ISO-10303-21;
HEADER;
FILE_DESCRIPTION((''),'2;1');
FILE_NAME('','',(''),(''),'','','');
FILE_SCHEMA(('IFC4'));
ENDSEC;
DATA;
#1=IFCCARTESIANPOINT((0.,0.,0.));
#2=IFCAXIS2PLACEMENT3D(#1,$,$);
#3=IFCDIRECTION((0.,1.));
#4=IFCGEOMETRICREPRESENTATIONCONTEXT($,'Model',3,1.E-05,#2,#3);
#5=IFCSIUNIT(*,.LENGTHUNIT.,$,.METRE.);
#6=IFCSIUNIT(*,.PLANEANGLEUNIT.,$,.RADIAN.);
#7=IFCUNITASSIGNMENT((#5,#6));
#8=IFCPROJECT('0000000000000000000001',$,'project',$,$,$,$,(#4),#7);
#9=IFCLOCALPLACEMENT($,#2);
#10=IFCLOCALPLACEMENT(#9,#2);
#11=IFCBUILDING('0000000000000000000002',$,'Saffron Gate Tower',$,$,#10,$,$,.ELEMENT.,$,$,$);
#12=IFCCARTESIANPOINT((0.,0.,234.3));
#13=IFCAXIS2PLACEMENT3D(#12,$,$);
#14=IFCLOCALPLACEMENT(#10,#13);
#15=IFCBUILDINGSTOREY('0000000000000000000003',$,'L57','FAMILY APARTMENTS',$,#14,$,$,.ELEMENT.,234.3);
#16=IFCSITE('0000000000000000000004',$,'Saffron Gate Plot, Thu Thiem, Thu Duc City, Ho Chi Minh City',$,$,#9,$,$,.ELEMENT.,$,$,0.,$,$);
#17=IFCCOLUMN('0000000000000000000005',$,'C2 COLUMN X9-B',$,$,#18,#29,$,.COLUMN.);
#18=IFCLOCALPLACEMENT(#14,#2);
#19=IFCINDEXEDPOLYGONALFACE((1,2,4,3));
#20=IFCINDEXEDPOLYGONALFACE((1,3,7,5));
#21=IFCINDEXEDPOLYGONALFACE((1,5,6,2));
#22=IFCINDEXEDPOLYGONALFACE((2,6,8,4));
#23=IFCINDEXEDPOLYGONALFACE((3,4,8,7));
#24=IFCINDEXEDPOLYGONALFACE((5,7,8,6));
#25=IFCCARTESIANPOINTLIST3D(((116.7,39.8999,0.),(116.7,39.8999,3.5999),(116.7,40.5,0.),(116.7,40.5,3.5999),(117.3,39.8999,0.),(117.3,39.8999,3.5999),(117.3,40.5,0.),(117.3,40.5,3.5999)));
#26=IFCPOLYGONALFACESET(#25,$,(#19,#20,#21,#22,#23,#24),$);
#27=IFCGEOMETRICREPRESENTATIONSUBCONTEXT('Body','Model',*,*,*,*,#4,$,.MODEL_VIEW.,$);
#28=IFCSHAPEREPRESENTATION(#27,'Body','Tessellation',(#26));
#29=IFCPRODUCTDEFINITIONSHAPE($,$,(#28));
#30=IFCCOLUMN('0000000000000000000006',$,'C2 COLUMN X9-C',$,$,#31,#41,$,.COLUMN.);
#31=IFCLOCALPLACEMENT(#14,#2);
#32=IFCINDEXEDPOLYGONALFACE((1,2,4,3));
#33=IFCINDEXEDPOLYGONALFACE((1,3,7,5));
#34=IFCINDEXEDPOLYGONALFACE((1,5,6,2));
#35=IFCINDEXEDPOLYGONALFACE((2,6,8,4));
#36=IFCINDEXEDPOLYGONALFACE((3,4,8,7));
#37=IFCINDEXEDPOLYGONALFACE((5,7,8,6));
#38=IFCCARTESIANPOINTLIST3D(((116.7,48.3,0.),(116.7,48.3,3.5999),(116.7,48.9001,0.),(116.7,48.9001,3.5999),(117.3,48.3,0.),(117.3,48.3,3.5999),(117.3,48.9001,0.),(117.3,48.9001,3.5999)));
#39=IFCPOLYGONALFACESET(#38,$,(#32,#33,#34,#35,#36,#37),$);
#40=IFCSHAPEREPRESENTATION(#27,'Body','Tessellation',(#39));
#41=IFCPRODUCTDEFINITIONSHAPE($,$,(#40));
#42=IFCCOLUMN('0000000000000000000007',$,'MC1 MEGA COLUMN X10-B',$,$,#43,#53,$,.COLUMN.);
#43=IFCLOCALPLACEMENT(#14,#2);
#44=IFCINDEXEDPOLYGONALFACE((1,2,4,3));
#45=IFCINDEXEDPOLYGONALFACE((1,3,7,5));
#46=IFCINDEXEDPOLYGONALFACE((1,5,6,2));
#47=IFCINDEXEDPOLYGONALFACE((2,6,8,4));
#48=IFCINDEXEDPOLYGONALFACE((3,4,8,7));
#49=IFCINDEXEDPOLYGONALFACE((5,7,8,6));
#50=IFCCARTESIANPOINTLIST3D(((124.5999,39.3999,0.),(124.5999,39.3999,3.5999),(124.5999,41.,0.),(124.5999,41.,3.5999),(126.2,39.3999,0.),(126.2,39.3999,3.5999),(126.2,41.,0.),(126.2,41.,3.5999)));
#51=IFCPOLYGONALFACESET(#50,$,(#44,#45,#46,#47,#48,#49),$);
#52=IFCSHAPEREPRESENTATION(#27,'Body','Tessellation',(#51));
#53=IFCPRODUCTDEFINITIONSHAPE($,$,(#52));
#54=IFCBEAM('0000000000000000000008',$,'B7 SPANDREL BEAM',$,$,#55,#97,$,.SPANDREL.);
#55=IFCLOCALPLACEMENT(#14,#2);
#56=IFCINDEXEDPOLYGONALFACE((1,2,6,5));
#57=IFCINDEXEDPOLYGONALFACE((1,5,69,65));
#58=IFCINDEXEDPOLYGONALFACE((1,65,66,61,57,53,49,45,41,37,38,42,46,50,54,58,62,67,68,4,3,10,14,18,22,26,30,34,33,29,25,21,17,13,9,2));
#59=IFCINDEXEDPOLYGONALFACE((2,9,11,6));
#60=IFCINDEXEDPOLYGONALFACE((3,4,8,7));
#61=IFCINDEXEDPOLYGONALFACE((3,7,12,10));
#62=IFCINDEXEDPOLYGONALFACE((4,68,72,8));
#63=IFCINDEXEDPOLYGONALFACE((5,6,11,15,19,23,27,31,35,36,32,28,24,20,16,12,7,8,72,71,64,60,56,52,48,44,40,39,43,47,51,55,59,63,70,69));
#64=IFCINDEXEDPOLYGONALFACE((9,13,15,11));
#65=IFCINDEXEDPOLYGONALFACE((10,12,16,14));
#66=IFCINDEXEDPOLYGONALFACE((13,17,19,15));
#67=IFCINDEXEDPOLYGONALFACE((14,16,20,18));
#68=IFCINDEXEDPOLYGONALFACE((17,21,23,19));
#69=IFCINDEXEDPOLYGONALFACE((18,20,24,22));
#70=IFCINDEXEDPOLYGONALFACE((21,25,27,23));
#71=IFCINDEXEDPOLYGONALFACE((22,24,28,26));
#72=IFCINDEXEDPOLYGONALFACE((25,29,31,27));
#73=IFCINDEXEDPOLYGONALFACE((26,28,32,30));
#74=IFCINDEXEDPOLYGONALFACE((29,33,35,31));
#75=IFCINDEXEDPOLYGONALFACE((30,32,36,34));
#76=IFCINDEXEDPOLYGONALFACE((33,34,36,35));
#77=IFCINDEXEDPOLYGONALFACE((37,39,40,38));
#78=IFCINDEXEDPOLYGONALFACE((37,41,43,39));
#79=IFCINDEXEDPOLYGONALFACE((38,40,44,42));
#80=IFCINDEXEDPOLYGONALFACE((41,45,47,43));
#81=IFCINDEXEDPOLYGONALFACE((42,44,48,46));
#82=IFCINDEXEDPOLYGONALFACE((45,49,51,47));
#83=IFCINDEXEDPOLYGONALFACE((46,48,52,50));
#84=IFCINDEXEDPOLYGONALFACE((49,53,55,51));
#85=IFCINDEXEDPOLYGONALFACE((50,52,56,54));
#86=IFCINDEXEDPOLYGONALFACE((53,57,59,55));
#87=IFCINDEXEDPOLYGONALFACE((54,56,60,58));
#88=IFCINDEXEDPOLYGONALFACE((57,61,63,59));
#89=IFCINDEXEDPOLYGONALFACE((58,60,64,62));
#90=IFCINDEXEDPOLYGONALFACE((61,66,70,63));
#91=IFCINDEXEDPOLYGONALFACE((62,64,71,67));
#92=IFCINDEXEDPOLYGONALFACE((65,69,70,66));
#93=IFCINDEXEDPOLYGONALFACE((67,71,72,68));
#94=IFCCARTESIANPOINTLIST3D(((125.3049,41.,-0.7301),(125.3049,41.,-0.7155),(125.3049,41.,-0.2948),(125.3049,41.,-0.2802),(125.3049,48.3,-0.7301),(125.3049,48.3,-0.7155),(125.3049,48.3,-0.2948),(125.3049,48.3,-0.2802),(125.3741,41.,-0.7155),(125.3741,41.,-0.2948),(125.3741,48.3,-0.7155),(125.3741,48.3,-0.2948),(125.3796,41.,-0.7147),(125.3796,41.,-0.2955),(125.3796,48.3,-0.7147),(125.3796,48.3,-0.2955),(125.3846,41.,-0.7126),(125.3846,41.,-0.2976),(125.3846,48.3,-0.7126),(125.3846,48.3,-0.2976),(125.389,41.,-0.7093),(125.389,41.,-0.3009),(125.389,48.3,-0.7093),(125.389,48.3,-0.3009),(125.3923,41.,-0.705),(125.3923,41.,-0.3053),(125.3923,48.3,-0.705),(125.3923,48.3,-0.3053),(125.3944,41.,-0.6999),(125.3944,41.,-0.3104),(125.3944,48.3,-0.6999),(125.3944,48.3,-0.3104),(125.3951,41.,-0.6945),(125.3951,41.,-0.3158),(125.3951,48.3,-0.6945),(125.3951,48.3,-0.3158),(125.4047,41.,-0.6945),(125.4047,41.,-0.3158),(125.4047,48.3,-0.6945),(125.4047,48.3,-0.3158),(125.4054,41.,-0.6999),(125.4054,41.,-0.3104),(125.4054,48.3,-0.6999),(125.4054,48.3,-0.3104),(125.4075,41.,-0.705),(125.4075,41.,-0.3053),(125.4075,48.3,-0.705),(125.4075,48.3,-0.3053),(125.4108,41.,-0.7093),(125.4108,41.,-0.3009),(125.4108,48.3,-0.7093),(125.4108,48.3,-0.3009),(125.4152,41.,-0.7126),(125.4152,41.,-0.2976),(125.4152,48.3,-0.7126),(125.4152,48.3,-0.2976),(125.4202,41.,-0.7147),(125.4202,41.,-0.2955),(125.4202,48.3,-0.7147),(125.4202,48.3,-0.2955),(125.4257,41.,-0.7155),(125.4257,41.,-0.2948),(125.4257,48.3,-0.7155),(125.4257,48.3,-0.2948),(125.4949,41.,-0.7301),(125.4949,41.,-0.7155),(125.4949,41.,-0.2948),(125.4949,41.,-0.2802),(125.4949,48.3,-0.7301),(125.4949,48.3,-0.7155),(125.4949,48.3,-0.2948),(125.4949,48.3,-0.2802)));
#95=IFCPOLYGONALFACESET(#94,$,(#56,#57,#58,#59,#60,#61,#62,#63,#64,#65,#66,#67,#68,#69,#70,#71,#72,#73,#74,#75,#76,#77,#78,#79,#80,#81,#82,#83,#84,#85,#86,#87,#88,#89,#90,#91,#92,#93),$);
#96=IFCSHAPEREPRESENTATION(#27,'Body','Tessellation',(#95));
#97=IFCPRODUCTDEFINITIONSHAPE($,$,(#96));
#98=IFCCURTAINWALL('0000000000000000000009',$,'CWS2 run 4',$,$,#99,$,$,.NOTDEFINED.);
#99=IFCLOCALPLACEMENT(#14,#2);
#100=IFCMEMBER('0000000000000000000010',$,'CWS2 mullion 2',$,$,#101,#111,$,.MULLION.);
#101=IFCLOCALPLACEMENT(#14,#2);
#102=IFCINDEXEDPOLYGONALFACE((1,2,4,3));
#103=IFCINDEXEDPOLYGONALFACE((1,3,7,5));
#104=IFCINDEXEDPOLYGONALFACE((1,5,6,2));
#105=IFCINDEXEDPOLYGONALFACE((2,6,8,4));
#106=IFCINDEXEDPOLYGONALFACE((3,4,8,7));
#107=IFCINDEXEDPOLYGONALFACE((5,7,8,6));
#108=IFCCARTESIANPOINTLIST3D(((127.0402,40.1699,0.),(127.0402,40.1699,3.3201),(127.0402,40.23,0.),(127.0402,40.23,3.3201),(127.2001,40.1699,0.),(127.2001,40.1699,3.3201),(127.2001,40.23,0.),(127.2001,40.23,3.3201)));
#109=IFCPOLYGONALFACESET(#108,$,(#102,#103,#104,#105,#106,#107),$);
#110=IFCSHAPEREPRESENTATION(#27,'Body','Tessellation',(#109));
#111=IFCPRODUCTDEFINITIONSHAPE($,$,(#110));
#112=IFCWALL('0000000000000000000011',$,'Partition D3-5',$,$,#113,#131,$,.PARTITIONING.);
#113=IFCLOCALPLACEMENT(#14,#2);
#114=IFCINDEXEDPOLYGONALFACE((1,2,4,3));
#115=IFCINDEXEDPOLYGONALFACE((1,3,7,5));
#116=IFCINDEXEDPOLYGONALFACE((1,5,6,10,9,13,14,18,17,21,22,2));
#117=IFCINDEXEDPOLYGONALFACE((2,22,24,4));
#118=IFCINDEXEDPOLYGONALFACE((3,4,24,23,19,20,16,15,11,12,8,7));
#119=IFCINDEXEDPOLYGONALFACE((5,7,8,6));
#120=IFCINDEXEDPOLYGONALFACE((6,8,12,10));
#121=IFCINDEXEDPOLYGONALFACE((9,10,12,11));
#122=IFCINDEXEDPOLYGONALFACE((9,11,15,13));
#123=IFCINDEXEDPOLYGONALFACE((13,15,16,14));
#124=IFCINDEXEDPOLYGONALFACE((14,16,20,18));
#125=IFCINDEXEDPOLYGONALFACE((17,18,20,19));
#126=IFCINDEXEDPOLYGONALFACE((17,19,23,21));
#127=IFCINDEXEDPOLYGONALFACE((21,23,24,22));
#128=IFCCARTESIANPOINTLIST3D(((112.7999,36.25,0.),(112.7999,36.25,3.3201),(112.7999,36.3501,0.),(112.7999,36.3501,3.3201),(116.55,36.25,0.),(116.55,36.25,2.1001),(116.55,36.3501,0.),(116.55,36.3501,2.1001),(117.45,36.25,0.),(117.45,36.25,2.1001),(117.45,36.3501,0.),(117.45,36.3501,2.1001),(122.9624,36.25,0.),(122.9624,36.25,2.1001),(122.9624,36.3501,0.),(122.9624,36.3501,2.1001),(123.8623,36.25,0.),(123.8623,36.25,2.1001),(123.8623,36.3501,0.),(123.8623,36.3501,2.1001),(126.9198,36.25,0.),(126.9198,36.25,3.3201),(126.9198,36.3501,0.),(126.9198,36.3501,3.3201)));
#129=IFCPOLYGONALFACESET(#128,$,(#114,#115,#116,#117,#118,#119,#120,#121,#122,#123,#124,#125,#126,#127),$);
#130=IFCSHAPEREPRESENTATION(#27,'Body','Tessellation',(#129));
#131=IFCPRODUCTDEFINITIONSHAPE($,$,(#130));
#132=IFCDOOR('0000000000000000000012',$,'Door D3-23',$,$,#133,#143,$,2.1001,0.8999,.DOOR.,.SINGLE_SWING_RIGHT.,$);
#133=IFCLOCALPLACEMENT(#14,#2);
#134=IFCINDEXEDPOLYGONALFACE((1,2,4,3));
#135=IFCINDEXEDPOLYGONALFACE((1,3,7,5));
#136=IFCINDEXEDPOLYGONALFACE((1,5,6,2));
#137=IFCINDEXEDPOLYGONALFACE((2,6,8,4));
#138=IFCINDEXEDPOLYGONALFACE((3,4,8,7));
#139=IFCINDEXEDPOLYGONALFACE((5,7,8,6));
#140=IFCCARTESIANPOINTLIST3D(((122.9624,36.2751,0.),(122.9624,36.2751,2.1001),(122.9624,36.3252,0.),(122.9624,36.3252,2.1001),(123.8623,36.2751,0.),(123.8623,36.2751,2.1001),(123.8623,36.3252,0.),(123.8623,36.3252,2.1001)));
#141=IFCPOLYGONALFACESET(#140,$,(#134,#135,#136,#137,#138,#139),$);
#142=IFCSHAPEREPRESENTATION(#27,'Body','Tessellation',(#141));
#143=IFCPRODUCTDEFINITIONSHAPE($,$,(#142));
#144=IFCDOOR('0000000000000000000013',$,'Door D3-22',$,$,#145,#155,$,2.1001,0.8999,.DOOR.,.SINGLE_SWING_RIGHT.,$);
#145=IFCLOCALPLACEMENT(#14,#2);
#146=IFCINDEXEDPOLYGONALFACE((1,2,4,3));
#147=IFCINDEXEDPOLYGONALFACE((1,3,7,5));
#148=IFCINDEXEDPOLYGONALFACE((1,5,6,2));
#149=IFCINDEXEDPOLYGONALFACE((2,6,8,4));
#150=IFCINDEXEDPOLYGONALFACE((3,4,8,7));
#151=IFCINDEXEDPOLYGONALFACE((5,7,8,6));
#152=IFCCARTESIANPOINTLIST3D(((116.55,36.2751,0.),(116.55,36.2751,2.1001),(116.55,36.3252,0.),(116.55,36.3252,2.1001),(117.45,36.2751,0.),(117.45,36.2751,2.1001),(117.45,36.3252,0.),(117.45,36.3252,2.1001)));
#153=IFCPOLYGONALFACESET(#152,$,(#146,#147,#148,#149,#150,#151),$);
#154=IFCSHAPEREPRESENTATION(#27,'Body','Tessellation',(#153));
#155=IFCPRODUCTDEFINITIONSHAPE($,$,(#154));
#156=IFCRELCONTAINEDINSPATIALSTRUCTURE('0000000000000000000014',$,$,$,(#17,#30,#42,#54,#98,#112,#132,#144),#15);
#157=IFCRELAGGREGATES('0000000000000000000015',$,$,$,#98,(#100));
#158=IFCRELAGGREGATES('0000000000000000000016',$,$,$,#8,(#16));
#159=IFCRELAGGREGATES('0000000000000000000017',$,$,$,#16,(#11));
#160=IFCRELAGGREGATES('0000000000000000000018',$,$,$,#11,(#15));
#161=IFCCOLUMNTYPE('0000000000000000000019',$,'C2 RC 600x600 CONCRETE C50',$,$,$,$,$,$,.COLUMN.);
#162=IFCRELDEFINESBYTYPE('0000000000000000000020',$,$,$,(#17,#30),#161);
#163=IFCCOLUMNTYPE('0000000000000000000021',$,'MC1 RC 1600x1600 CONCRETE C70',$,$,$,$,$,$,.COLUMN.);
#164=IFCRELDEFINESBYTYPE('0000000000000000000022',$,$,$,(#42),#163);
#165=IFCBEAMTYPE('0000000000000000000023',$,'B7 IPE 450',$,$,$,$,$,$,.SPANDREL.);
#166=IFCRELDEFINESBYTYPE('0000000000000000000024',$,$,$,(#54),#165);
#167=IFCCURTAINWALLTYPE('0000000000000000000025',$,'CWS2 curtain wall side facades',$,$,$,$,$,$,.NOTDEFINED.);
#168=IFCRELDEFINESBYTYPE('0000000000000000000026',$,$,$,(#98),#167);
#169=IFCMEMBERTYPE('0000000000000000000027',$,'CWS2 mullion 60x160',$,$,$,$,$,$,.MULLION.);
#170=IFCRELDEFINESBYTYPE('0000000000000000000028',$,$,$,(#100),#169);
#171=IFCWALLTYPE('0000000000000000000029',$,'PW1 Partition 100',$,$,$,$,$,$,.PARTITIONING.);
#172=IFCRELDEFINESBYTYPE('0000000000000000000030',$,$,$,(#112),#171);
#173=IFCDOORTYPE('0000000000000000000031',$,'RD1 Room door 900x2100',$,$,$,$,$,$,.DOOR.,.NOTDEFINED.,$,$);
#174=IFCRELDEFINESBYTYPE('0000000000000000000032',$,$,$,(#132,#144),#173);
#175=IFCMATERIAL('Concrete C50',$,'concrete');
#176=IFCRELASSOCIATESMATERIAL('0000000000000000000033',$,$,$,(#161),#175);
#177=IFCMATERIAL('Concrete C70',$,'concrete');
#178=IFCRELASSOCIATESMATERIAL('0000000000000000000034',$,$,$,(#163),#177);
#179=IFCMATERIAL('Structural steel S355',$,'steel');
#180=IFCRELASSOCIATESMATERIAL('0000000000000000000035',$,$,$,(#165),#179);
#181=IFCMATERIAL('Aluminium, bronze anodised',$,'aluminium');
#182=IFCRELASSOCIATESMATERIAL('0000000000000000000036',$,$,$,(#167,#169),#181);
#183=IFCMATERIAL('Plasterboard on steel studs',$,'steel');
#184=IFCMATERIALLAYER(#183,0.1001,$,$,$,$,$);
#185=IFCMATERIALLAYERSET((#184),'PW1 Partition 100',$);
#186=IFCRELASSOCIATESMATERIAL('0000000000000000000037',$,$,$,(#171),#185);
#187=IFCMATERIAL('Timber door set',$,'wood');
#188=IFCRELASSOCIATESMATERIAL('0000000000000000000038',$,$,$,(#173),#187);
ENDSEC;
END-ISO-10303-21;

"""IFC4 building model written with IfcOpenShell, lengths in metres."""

from ifc_helpers import new_model, si_unit, direction, frame, frame_2d, origin, origin_2d, place, context, subcontext, project, spatial, rectangle, i_section, extrude, material, layer, layer_set, material_profile, profile_set, type_object, element, fill, aggregate, save


model = new_model("IFC4")

# Units and contexts
model_context = context("Model", 3, precision=1e-05, world=origin(), true_north=direction((0.0, 1.0)))
body_context = subcontext(model_context, "Body", "Model", "MODEL_VIEW")
ifc_project = project(units=[si_unit("LENGTHUNIT", "METRE"), si_unit("PLANEANGLEUNIT", "RADIAN")], contexts=[model_context])

# Site, building, storey
site_placement = place(None, origin())
site = spatial("IfcSite", under=ifc_project, at=site_placement, Name="Saffron Gate Plot, Thu Thiem, Thu Duc City, Ho Chi Minh City", CompositionType="ELEMENT", RefElevation=0.0)
building_placement = place(site_placement, origin())
building = spatial("IfcBuilding", under=site, at=building_placement, Name="Saffron Gate Tower", CompositionType="ELEMENT")
storey_placement = place(building_placement, frame((0.0, 0.0, 234.3)))
storey = spatial("IfcBuildingStorey", under=building, at=storey_placement, Name="L57", Description="FAMILY APARTMENTS", CompositionType="ELEMENT", Elevation=234.3)

# Columns
ifc_material_1 = material(Name="Concrete C50", Category="concrete")
ifc_material_profile_1 = material_profile(ifc_material_1, rectangle(XDim=0.6001, YDim=0.6001, at=origin_2d()))
ifc_profile_set_1 = profile_set([ifc_material_profile_1], Name="Concrete C50")
column_type_1 = type_object("IfcColumnType", Name="C2 RC 600x600 CONCRETE C50", PredefinedType="COLUMN", material=ifc_profile_set_1)
for number, where, z_axis, x_axis, name in (
    (1, (117.0, 40.2, 0.0), (0.0, 0.0, 1.0), (1.0, 0.0, 0.0), "C2 COLUMN X9-B"),
    (2, (117.0, 48.6001, 0.0), (0.0, 0.0, 1.0), (1.0, 0.0, 0.0), "C2 COLUMN X9-C"),
):
    element("IfcColumn", number, at=place(storey_placement, frame(where, z_axis=z_axis, x_axis=x_axis)), inside=storey, type_object=column_type_1, Name=name, PredefinedType="COLUMN", context=body_context, shape_type="SweptSolid", body=[
        extrude(rectangle(XDim=0.6001, YDim=0.6001, at=origin_2d()), origin(), (0.0, 0.0, 1.0), 3.5999),
    ])
ifc_material_2 = material(Name="Concrete C70", Category="concrete")
ifc_material_profile_2 = material_profile(ifc_material_2, rectangle(XDim=1.6001, YDim=1.6001, at=origin_2d()))
ifc_profile_set_2 = profile_set([ifc_material_profile_2], Name="Concrete C70")
column_type_2 = type_object("IfcColumnType", Name="MC1 RC 1600x1600 CONCRETE C70", PredefinedType="COLUMN", material=ifc_profile_set_2)
column_placement = place(storey_placement, frame((125.3999, 40.2, 0.0), z_axis=(0.0, 0.0, 1.0), x_axis=(1.0, 0.0, 0.0)))
element("IfcColumn", 3, at=column_placement, inside=storey, type_object=column_type_2, Name="MC1 MEGA COLUMN X10-B", PredefinedType="COLUMN", context=body_context, shape_type="SweptSolid", body=[
    extrude(rectangle(XDim=1.6001, YDim=1.6001, at=origin_2d()), origin(), (0.0, 0.0, 1.0), 3.5999),
])

# Beam
ifc_material_3 = material(Name="Structural steel S355", Category="steel")
ifc_material_profile_3 = material_profile(ifc_material_3, i_section(OverallWidth=0.1899, OverallDepth=0.45, WebThickness=0.0095, FlangeThickness=0.0146, FilletRadius=0.021, at=origin_2d()))
ifc_profile_set_3 = profile_set([ifc_material_profile_3], Name="Structural steel S355")
beam_type = type_object("IfcBeamType", Name="B7 IPE 450", PredefinedType="SPANDREL", material=ifc_profile_set_3)
beam_placement = place(storey_placement, frame((125.3999, 41.0, -0.5051), z_axis=(0.0, 1.0, 0.0), x_axis=(-1.0, 0.0, 0.0)))
element("IfcBeam", 4, at=beam_placement, inside=storey, type_object=beam_type, Name="B7 SPANDREL BEAM", PredefinedType="SPANDREL", context=body_context, shape_type="SweptSolid", body=[
    extrude(i_section(OverallWidth=0.1899, OverallDepth=0.45, WebThickness=0.0095, FlangeThickness=0.0146, FilletRadius=0.021, at=origin_2d()), origin(), (0.0, 0.0, 1.0), 7.3),
])

# Curtain wall, member
ifc_material_4 = material(Name="Aluminium, bronze anodised", Category="aluminium")
curtain_wall_type = type_object("IfcCurtainWallType", Name="CWS2 curtain wall side facades", PredefinedType="NOTDEFINED", material=ifc_material_4)
curtain_wall_placement = place(storey_placement, origin())
curtain_wall = element("IfcCurtainWall", 5, at=curtain_wall_placement, inside=storey, type_object=curtain_wall_type, Name="CWS2 run 4", PredefinedType="NOTDEFINED")
ifc_material_profile_4 = material_profile(ifc_material_4, rectangle(XDim=0.1599, YDim=0.0601, at=origin_2d()))
ifc_profile_set_4 = profile_set([ifc_material_profile_4], Name="Aluminium, bronze anodised")
member_type = type_object("IfcMemberType", Name="CWS2 mullion 60x160", PredefinedType="MULLION", material=ifc_profile_set_4)
member_placement = place(storey_placement, frame((127.1201, 40.2, 0.0), z_axis=(0.0, 0.0, 1.0), x_axis=(-1.0, 0.0, 0.0)))
member = element("IfcMember", 6, at=member_placement, type_object=member_type, Name="CWS2 mullion 2", PredefinedType="MULLION", context=body_context, shape_type="SweptSolid", body=[
    extrude(rectangle(XDim=0.1599, YDim=0.0601, at=origin_2d()), origin(), (0.0, 0.0, 1.0), 3.3201),
])
aggregate(curtain_wall, [member])

# Wall, openings, doors
ifc_material_5 = material(Name="Plasterboard on steel studs", Category="steel")
ifc_layer_1 = layer(ifc_material_5, 0.1001)
ifc_layer_set_1 = layer_set([ifc_layer_1], Name="PW1 Partition 100")
wall_type_1 = type_object("IfcWallType", Name="PW1 Partition 100", PredefinedType="PARTITIONING", material=ifc_layer_set_1)
wall_1_placement = place(storey_placement, frame((126.9199, 36.3, 0.0), z_axis=(0.0, 0.0, 1.0), x_axis=(-1.0, 0.0, 0.0)))
wall_1 = element("IfcWall", 7, at=wall_1_placement, inside=storey, type_object=wall_type_1, Name="Partition D3-5", PredefinedType="PARTITIONING", context=body_context, shape_type="SweptSolid", body=[
    extrude(rectangle(XDim=14.1199, YDim=0.1001, at=frame_2d((7.0601, 0.0))), origin(), (0.0, 0.0, 1.0), 3.3201),
])
opening_1_placement = place(wall_1_placement, frame((3.0576, 0.0, 0.0)))
opening_1 = element("IfcOpeningElement", 8, at=opening_1_placement, cuts=wall_1, PredefinedType="OPENING", context=body_context, shape_type="SweptSolid", body=[
    extrude(rectangle(XDim=0.8999, YDim=2.1001, at=frame_2d((0.45, 1.05))), frame((0.0, 0.0601, 0.0), z_axis=(0.0, -1.0, 0.0), x_axis=(1.0, 0.0, 0.0)), (0.0, 0.0, 1.0), 0.1201),
])
opening_2_placement = place(wall_1_placement, frame((9.47, 0.0, 0.0)))
opening_2 = element("IfcOpeningElement", 9, at=opening_2_placement, cuts=wall_1, PredefinedType="OPENING", context=body_context, shape_type="SweptSolid", body=[
    extrude(rectangle(XDim=0.8999, YDim=2.1001, at=frame_2d((0.45, 1.05))), frame((0.0, 0.0601, 0.0), z_axis=(0.0, -1.0, 0.0), x_axis=(1.0, 0.0, 0.0)), (0.0, 0.0, 1.0), 0.1201),
])
ifc_material_6 = material(Name="Timber door set", Category="wood")
door_type_1 = type_object("IfcDoorType", Name="RD1 Room door 900x2100", OperationType="NOTDEFINED", PredefinedType="DOOR", material=ifc_material_6)
door_1_placement = place(opening_1_placement, origin())
door_1 = element("IfcDoor", 10, at=door_1_placement, inside=storey, type_object=door_type_1, Name="Door D3-23", OperationType="SINGLE_SWING_RIGHT", OverallHeight=2.1001, OverallWidth=0.8999, PredefinedType="DOOR", context=body_context, shape_type="SweptSolid", body=[
    extrude(rectangle(XDim=0.8999, YDim=2.1001, at=frame_2d((0.45, 1.05))), frame((0.0, 0.0249, 0.0), z_axis=(0.0, -1.0, 0.0), x_axis=(1.0, 0.0, 0.0)), (0.0, 0.0, 1.0), 0.05),
])
fill(opening_1, door_1)
door_2_placement = place(opening_2_placement, origin())
door_2 = element("IfcDoor", 11, at=door_2_placement, inside=storey, type_object=door_type_1, Name="Door D3-22", OperationType="SINGLE_SWING_RIGHT", OverallHeight=2.1001, OverallWidth=0.8999, PredefinedType="DOOR", context=body_context, shape_type="SweptSolid", body=[
    extrude(rectangle(XDim=0.8999, YDim=2.1001, at=frame_2d((0.45, 1.05))), frame((0.0, 0.0249, 0.0), z_axis=(0.0, -1.0, 0.0), x_axis=(1.0, 0.0, 0.0)), (0.0, 0.0, 1.0), 0.05),
])
fill(opening_2, door_2)

save(model, "model.ifc")
